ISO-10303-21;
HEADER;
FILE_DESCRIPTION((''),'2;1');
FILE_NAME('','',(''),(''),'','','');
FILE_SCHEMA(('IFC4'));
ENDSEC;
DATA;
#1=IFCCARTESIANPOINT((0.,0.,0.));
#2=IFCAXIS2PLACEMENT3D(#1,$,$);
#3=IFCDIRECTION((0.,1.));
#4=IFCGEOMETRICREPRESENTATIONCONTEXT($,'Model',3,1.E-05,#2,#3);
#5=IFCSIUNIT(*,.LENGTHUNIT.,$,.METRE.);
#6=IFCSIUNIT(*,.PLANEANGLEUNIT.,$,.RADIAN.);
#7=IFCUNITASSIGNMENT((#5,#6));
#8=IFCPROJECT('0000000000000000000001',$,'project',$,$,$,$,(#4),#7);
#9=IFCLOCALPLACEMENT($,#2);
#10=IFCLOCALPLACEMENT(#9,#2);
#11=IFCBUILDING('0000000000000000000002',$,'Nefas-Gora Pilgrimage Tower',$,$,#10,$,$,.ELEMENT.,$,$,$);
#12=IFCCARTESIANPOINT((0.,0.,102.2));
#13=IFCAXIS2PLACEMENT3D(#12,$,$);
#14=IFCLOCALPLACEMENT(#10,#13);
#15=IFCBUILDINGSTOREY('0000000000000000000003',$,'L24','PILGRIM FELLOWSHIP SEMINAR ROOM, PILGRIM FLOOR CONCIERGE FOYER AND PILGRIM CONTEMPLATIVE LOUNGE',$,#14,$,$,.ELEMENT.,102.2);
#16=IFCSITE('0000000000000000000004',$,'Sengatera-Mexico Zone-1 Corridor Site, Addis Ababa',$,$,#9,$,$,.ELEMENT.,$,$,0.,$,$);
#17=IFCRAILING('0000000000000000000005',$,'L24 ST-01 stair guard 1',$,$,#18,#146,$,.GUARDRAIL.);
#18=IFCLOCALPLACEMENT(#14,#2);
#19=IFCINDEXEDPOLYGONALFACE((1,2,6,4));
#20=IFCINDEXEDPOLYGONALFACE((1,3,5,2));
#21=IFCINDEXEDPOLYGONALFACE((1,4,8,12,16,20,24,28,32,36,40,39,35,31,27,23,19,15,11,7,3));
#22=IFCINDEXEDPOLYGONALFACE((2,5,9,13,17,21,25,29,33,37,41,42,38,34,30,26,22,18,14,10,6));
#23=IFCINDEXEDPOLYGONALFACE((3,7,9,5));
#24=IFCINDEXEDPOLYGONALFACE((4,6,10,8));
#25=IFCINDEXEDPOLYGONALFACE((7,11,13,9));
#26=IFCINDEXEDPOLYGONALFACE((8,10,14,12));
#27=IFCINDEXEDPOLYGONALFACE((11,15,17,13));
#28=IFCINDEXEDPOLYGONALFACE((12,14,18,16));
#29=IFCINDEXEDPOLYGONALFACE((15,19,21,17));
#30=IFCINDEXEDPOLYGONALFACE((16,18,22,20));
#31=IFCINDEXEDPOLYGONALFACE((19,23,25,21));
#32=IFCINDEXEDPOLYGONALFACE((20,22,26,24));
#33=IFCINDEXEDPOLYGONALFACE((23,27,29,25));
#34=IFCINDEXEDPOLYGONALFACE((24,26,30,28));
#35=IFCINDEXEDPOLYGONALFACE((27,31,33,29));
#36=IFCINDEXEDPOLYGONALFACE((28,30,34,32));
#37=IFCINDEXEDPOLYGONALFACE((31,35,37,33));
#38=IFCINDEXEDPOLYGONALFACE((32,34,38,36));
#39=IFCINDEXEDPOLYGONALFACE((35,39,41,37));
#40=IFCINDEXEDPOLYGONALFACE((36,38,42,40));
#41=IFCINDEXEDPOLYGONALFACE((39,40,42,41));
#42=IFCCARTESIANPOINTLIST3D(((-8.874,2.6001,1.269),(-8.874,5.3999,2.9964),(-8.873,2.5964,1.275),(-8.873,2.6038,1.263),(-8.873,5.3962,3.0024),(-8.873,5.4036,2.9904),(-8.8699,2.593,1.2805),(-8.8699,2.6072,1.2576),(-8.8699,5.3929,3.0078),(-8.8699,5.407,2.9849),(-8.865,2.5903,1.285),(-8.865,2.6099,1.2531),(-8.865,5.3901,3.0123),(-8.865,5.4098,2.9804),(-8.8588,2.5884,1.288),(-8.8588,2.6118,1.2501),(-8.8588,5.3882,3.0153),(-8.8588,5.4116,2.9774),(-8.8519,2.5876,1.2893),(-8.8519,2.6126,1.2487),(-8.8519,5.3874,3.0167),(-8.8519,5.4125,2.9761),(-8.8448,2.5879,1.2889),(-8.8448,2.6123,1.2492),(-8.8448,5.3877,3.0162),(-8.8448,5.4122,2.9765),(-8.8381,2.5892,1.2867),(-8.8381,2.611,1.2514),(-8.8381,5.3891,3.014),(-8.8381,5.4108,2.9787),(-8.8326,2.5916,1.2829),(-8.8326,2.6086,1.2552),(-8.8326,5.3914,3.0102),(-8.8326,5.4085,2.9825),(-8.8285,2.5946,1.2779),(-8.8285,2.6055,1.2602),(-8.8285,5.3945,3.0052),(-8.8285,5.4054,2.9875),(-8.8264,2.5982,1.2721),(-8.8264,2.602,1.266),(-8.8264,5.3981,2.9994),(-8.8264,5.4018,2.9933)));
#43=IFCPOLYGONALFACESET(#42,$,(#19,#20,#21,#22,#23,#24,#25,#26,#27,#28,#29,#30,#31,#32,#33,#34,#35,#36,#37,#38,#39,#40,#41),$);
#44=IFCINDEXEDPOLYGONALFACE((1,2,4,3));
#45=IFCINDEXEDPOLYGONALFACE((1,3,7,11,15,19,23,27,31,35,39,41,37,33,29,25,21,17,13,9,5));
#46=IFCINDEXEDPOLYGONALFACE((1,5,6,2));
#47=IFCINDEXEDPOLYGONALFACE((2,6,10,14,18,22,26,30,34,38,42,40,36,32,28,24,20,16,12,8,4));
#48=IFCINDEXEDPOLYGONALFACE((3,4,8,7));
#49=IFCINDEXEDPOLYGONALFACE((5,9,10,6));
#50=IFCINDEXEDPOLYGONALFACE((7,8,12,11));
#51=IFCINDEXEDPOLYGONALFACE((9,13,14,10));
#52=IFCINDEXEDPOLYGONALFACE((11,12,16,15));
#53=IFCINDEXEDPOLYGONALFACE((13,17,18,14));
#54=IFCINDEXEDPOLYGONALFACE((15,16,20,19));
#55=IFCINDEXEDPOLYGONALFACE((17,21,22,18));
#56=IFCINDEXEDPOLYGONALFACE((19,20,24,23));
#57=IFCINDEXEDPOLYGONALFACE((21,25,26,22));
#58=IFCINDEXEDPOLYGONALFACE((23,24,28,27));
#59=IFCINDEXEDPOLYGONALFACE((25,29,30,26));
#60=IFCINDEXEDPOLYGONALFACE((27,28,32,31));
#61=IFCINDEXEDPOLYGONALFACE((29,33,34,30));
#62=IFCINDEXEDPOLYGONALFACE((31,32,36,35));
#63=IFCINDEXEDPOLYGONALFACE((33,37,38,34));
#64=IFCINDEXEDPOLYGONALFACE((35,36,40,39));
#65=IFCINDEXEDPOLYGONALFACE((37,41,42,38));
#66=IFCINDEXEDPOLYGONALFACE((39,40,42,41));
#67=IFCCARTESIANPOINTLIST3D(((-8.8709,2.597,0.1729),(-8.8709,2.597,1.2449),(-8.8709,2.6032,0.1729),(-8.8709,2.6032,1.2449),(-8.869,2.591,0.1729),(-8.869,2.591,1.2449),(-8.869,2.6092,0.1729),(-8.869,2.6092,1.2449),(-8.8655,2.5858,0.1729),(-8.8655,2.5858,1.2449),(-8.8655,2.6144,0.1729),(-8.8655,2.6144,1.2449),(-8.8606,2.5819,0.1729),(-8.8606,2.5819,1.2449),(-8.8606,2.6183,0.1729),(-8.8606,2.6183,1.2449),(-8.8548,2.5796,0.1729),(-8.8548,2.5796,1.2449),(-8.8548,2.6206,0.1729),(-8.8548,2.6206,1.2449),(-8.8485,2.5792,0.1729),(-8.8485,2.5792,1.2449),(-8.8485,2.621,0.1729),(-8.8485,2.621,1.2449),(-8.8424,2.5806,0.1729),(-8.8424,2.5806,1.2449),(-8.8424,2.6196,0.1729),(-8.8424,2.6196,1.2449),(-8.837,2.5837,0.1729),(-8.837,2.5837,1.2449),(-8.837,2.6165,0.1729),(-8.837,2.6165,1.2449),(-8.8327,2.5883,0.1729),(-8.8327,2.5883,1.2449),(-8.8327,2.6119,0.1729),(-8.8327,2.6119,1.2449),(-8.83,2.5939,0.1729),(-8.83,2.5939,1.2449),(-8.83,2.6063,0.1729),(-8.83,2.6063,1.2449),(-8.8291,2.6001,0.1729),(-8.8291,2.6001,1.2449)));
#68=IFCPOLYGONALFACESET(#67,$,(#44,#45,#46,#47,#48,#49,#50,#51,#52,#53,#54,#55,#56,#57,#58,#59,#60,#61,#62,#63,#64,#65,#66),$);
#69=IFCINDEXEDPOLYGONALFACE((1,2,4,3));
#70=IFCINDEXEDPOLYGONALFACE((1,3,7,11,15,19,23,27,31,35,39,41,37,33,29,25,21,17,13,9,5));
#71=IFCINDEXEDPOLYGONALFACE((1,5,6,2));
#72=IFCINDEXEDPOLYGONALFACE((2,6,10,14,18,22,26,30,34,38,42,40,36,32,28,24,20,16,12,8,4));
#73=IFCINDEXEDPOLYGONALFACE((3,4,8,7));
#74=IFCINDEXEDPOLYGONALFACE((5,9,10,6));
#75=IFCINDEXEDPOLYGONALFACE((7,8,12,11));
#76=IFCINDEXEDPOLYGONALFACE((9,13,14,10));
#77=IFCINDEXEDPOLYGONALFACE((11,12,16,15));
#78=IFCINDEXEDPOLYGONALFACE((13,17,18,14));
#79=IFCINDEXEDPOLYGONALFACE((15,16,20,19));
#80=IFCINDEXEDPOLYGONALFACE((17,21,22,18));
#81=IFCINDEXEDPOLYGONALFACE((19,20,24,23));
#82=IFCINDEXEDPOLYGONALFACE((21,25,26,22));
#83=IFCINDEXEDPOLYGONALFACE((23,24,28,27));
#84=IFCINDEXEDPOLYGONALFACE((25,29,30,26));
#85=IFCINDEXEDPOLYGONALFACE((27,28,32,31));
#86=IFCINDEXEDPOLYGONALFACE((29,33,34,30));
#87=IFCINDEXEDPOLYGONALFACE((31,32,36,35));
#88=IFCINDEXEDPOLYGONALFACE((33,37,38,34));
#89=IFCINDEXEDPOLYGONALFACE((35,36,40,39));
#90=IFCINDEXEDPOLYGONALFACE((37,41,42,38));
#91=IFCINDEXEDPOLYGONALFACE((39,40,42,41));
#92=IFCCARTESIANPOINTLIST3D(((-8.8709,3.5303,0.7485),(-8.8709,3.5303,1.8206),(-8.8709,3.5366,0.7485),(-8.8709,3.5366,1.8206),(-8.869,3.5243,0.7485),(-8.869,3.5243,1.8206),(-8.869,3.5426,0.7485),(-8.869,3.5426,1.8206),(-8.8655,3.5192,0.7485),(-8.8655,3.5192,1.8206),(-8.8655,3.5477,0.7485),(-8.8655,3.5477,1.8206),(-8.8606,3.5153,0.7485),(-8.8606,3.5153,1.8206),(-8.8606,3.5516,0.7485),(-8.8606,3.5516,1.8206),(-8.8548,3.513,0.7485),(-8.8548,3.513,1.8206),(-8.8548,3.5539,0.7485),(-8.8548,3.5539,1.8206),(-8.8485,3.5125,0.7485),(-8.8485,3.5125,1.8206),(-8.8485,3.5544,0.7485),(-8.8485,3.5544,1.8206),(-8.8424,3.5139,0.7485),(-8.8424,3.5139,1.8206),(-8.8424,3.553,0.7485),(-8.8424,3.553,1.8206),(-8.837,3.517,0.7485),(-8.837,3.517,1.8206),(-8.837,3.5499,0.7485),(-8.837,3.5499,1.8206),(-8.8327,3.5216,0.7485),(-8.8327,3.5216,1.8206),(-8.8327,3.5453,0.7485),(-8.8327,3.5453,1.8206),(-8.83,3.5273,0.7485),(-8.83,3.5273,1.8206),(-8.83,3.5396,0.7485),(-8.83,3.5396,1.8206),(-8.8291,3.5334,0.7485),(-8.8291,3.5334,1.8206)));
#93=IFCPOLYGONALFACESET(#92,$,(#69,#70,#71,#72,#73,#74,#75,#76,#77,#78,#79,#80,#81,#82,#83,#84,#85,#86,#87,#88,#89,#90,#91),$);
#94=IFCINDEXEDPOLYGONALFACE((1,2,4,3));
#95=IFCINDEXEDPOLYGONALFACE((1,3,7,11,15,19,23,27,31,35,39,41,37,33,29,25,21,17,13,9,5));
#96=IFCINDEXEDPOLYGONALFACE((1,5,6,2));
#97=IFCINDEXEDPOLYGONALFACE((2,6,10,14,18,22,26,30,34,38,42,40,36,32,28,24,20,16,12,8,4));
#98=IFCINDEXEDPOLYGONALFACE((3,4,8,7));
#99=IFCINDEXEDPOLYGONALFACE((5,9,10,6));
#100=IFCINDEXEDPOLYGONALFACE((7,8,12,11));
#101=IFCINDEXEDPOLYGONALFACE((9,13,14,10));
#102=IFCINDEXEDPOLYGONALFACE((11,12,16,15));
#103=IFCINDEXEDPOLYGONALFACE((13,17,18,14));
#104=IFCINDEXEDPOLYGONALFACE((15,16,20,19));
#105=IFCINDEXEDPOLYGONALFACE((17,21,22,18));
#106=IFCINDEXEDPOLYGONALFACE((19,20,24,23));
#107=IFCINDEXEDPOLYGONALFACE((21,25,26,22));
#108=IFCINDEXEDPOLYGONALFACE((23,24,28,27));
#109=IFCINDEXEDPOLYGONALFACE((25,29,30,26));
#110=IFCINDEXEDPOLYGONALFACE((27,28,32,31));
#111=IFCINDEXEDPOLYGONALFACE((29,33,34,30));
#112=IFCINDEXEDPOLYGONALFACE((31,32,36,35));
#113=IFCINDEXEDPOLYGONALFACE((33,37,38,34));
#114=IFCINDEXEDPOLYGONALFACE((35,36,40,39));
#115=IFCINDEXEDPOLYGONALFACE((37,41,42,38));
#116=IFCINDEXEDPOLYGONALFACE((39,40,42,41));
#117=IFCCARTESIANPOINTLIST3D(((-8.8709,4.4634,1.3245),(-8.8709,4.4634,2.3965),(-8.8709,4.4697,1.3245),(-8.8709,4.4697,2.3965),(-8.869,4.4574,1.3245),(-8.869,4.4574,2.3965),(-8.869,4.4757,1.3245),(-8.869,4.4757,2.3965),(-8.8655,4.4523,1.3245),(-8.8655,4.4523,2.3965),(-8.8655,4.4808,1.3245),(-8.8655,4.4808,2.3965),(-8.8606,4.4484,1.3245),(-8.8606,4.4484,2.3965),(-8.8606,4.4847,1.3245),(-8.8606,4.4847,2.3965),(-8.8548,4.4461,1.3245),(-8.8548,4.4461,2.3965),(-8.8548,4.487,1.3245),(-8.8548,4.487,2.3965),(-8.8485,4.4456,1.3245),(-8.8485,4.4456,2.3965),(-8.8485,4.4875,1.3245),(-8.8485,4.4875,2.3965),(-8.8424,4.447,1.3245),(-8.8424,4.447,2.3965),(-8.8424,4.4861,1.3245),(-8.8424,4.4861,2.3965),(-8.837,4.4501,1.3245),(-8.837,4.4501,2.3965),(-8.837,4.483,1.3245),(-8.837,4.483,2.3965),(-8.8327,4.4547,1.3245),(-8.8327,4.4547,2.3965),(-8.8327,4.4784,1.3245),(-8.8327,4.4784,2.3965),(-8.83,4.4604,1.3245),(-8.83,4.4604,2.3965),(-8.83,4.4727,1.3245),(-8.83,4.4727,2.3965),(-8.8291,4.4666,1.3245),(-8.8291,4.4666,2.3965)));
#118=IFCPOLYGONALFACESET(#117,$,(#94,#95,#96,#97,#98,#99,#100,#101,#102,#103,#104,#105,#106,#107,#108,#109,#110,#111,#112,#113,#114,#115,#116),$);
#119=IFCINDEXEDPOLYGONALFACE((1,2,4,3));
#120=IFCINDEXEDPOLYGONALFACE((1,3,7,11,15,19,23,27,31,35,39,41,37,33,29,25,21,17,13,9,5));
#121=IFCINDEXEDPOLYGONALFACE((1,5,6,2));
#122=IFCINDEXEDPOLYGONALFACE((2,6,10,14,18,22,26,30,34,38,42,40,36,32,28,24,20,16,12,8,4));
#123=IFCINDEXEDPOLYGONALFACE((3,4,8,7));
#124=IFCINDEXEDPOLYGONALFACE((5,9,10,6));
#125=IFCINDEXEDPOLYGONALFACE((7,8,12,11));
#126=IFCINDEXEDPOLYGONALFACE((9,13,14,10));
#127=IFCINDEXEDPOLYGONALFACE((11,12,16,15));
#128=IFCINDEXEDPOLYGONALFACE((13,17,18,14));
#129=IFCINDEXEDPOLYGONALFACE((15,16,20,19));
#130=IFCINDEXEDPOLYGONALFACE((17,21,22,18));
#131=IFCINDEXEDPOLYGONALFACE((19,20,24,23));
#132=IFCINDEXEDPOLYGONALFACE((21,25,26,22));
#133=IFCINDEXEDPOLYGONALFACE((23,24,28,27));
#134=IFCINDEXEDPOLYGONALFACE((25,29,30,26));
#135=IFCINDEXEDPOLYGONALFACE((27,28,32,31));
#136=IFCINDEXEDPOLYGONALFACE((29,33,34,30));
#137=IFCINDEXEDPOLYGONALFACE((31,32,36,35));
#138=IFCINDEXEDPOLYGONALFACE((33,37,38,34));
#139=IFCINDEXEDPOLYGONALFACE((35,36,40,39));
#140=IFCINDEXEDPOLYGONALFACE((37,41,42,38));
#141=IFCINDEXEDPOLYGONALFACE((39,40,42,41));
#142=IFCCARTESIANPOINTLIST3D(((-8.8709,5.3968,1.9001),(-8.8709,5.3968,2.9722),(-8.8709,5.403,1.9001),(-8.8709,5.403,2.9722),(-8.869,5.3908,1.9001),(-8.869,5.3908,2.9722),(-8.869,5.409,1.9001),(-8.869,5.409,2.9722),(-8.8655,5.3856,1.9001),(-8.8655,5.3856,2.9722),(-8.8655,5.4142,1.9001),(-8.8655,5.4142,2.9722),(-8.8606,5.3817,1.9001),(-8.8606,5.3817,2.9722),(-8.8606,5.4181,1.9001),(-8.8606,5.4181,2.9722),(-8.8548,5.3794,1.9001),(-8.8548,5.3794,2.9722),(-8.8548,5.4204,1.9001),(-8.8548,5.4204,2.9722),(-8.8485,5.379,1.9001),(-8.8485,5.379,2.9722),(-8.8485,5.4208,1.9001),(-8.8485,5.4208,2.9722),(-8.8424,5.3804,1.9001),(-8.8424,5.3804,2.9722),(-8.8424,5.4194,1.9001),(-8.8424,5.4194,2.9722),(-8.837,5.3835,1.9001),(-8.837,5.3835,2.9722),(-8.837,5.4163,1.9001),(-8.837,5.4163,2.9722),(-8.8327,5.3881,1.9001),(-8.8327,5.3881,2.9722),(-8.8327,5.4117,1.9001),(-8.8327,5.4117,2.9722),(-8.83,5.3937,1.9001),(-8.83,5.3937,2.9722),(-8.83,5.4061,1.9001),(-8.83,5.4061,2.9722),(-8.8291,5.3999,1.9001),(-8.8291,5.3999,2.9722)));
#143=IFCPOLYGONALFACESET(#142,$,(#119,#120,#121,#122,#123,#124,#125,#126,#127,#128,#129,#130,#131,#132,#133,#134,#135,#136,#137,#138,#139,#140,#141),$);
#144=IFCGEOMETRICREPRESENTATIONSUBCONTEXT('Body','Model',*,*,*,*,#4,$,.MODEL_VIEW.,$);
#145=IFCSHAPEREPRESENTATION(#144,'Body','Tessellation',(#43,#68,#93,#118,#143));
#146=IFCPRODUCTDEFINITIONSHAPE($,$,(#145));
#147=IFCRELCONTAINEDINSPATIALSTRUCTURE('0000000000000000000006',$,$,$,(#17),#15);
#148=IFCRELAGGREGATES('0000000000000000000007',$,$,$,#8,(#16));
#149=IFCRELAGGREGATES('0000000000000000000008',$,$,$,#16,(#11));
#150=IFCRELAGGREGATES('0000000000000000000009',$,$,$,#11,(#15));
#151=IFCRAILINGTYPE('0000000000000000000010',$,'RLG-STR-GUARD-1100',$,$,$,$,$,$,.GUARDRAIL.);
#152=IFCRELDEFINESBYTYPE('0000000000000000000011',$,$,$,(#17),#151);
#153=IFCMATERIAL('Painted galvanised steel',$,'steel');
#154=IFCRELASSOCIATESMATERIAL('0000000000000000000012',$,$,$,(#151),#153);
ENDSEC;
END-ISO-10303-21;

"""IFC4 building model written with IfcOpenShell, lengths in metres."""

from ifc_helpers import new_model, si_unit, direction, frame, origin, origin_2d, place, context, subcontext, project, spatial, circle, extrude, material, type_object, element, save


model = new_model("IFC4")

# Units and contexts
model_context = context("Model", 3, precision=1e-05, world=origin(), true_north=direction((0.0, 1.0)))
body_context = subcontext(model_context, "Body", "Model", "MODEL_VIEW")
ifc_project = project(units=[si_unit("LENGTHUNIT", "METRE"), si_unit("PLANEANGLEUNIT", "RADIAN")], contexts=[model_context])

# Site, building, storey
site_placement = place(None, origin())
site = spatial("IfcSite", under=ifc_project, at=site_placement, Name="Sengatera-Mexico Zone-1 Corridor Site, Addis Ababa", CompositionType="ELEMENT", RefElevation=0.0)
building_placement = place(site_placement, origin())
building = spatial("IfcBuilding", under=site, at=building_placement, Name="Nefas-Gora Pilgrimage Tower", CompositionType="ELEMENT")
storey_placement = place(building_placement, frame((0.0, 0.0, 102.2)))
storey = spatial("IfcBuildingStorey", under=building, at=storey_placement, Name="L24", Description="PILGRIM FELLOWSHIP SEMINAR ROOM, PILGRIM FLOOR CONCIERGE FOYER AND PILGRIM CONTEMPLATIVE LOUNGE", CompositionType="ELEMENT", Elevation=102.2)

# Railing
ifc_material_1 = material(Name="Painted galvanised steel", Category="steel")
railing_type_1 = type_object("IfcRailingType", Name="RLG-STR-GUARD-1100", PredefinedType="GUARDRAIL", material=ifc_material_1)
railing_1_placement = place(storey_placement, frame((-8.8501, 2.6001, 0.1729)))
element("IfcRailing", 1, at=railing_1_placement, inside=storey, type_object=railing_type_1, Name="L24 ST-01 stair guard 1", PredefinedType="GUARDRAIL", context=body_context, shape_type="SweptSolid", body=[
    extrude(circle(Radius=0.0239, at=origin_2d()), frame((0.0, 0.0, 1.0962), z_axis=(0.0, 0.851069, 0.525054), x_axis=(-1.0, 0.0, 0.0)), (0.0, 0.0, 1.0), 3.2898),
    extrude(circle(Radius=0.021, at=origin_2d()), origin(), (0.0, 0.0, 1.0), 1.072),
    extrude(circle(Radius=0.021, at=origin_2d()), frame((0.0, 0.9333, 0.5757)), (0.0, 0.0, 1.0), 1.072),
    extrude(circle(Radius=0.021, at=origin_2d()), frame((0.0, 1.8665, 1.1516)), (0.0, 0.0, 1.0), 1.072),
    extrude(circle(Radius=0.021, at=origin_2d()), frame((0.0, 2.7998, 1.7273)), (0.0, 0.0, 1.0), 1.072),
])

save(model, "model.ifc")
